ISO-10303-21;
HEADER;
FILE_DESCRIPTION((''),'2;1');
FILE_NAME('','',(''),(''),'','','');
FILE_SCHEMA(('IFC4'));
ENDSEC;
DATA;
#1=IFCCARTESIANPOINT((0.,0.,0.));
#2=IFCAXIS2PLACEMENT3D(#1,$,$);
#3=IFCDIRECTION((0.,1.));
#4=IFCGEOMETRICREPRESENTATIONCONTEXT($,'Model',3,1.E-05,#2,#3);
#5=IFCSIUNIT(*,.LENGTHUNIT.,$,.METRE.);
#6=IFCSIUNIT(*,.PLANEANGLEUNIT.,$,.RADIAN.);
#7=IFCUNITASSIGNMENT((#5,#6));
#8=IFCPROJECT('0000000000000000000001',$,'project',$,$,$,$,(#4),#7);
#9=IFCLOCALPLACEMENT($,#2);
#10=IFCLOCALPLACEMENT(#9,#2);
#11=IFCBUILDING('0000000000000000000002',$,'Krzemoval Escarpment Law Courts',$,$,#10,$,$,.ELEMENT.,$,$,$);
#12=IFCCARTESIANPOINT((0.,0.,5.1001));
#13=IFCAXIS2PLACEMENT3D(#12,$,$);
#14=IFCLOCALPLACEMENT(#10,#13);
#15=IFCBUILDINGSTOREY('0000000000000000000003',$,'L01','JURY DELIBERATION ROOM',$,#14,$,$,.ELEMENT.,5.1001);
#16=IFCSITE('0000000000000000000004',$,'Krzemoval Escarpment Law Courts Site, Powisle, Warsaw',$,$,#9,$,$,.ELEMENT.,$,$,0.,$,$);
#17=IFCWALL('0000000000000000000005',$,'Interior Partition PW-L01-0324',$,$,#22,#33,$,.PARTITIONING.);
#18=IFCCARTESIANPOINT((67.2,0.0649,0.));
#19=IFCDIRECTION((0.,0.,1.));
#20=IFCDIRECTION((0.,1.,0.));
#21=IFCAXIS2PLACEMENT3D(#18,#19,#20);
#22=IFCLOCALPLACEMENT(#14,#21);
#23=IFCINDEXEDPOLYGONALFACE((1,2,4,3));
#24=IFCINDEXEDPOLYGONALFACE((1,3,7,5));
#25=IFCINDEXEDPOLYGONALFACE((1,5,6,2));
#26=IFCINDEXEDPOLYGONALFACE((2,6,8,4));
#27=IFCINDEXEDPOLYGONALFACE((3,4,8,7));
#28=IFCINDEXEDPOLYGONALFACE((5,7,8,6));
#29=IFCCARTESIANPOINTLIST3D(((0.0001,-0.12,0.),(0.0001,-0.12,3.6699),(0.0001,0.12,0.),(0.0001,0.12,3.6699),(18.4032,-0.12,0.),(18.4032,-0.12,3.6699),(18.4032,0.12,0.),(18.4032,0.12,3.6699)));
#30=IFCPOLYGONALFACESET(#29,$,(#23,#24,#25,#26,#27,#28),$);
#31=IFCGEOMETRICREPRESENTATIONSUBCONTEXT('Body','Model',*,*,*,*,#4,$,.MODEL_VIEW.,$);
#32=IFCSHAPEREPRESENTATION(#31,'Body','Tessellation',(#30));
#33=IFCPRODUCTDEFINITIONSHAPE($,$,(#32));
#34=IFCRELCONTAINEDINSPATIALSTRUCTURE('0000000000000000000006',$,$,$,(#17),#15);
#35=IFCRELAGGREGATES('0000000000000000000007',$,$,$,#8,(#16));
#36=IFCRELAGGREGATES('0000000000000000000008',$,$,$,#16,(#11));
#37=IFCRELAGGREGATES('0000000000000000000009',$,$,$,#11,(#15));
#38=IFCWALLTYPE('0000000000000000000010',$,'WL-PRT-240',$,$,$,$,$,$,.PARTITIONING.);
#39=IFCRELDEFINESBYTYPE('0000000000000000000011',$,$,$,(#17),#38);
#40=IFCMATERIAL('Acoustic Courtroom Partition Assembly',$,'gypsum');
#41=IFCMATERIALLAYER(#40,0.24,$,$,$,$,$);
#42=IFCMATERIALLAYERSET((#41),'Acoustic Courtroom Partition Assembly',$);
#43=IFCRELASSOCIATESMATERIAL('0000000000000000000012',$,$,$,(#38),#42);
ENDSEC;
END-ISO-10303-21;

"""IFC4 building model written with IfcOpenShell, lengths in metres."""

from ifc_helpers import new_model, si_unit, direction, frame, frame_2d, origin, place, context, subcontext, project, spatial, rectangle, extrude, material, layer, layer_set, type_object, element, save


model = new_model("IFC4")

# Units and contexts
model_context = context("Model", 3, precision=1e-05, world=origin(), true_north=direction((0.0, 1.0)))
body_context = subcontext(model_context, "Body", "Model", "MODEL_VIEW")
ifc_project = project(units=[si_unit("LENGTHUNIT", "METRE"), si_unit("PLANEANGLEUNIT", "RADIAN")], contexts=[model_context])

# Site, building, storey
site_placement = place(None, origin())
site = spatial("IfcSite", under=ifc_project, at=site_placement, Name="Krzemoval Escarpment Law Courts Site, Powisle, Warsaw", CompositionType="ELEMENT", RefElevation=0.0)
building_placement = place(site_placement, origin())
building = spatial("IfcBuilding", under=site, at=building_placement, Name="Krzemoval Escarpment Law Courts", CompositionType="ELEMENT")
storey_placement = place(building_placement, frame((0.0, 0.0, 5.1001)))
storey = spatial("IfcBuildingStorey", under=building, at=storey_placement, Name="L01", Description="JURY DELIBERATION ROOM", CompositionType="ELEMENT", Elevation=5.1001)

# Wall
ifc_material_1 = material(Name="Acoustic Courtroom Partition Assembly", Category="gypsum")
ifc_layer_1 = layer(ifc_material_1, 0.24)
ifc_layer_set_1 = layer_set([ifc_layer_1], Name="Acoustic Courtroom Partition Assembly")
wall_type_1 = type_object("IfcWallType", Name="WL-PRT-240", PredefinedType="PARTITIONING", material=ifc_layer_set_1)
wall_1_placement = place(storey_placement, frame((67.2, 0.0649, 0.0), z_axis=(0.0, 0.0, 1.0), x_axis=(0.0, 1.0, 0.0)))
element("IfcWall", 1, at=wall_1_placement, inside=storey, type_object=wall_type_1, Name="Interior Partition PW-L01-0324", PredefinedType="PARTITIONING", context=body_context, shape_type="SweptSolid", body=[
    extrude(rectangle(XDim=18.4031, YDim=0.24, at=frame_2d((9.2017, 0.0))), origin(), (0.0, 0.0, 1.0), 3.6699),
])

save(model, "model.ifc")
